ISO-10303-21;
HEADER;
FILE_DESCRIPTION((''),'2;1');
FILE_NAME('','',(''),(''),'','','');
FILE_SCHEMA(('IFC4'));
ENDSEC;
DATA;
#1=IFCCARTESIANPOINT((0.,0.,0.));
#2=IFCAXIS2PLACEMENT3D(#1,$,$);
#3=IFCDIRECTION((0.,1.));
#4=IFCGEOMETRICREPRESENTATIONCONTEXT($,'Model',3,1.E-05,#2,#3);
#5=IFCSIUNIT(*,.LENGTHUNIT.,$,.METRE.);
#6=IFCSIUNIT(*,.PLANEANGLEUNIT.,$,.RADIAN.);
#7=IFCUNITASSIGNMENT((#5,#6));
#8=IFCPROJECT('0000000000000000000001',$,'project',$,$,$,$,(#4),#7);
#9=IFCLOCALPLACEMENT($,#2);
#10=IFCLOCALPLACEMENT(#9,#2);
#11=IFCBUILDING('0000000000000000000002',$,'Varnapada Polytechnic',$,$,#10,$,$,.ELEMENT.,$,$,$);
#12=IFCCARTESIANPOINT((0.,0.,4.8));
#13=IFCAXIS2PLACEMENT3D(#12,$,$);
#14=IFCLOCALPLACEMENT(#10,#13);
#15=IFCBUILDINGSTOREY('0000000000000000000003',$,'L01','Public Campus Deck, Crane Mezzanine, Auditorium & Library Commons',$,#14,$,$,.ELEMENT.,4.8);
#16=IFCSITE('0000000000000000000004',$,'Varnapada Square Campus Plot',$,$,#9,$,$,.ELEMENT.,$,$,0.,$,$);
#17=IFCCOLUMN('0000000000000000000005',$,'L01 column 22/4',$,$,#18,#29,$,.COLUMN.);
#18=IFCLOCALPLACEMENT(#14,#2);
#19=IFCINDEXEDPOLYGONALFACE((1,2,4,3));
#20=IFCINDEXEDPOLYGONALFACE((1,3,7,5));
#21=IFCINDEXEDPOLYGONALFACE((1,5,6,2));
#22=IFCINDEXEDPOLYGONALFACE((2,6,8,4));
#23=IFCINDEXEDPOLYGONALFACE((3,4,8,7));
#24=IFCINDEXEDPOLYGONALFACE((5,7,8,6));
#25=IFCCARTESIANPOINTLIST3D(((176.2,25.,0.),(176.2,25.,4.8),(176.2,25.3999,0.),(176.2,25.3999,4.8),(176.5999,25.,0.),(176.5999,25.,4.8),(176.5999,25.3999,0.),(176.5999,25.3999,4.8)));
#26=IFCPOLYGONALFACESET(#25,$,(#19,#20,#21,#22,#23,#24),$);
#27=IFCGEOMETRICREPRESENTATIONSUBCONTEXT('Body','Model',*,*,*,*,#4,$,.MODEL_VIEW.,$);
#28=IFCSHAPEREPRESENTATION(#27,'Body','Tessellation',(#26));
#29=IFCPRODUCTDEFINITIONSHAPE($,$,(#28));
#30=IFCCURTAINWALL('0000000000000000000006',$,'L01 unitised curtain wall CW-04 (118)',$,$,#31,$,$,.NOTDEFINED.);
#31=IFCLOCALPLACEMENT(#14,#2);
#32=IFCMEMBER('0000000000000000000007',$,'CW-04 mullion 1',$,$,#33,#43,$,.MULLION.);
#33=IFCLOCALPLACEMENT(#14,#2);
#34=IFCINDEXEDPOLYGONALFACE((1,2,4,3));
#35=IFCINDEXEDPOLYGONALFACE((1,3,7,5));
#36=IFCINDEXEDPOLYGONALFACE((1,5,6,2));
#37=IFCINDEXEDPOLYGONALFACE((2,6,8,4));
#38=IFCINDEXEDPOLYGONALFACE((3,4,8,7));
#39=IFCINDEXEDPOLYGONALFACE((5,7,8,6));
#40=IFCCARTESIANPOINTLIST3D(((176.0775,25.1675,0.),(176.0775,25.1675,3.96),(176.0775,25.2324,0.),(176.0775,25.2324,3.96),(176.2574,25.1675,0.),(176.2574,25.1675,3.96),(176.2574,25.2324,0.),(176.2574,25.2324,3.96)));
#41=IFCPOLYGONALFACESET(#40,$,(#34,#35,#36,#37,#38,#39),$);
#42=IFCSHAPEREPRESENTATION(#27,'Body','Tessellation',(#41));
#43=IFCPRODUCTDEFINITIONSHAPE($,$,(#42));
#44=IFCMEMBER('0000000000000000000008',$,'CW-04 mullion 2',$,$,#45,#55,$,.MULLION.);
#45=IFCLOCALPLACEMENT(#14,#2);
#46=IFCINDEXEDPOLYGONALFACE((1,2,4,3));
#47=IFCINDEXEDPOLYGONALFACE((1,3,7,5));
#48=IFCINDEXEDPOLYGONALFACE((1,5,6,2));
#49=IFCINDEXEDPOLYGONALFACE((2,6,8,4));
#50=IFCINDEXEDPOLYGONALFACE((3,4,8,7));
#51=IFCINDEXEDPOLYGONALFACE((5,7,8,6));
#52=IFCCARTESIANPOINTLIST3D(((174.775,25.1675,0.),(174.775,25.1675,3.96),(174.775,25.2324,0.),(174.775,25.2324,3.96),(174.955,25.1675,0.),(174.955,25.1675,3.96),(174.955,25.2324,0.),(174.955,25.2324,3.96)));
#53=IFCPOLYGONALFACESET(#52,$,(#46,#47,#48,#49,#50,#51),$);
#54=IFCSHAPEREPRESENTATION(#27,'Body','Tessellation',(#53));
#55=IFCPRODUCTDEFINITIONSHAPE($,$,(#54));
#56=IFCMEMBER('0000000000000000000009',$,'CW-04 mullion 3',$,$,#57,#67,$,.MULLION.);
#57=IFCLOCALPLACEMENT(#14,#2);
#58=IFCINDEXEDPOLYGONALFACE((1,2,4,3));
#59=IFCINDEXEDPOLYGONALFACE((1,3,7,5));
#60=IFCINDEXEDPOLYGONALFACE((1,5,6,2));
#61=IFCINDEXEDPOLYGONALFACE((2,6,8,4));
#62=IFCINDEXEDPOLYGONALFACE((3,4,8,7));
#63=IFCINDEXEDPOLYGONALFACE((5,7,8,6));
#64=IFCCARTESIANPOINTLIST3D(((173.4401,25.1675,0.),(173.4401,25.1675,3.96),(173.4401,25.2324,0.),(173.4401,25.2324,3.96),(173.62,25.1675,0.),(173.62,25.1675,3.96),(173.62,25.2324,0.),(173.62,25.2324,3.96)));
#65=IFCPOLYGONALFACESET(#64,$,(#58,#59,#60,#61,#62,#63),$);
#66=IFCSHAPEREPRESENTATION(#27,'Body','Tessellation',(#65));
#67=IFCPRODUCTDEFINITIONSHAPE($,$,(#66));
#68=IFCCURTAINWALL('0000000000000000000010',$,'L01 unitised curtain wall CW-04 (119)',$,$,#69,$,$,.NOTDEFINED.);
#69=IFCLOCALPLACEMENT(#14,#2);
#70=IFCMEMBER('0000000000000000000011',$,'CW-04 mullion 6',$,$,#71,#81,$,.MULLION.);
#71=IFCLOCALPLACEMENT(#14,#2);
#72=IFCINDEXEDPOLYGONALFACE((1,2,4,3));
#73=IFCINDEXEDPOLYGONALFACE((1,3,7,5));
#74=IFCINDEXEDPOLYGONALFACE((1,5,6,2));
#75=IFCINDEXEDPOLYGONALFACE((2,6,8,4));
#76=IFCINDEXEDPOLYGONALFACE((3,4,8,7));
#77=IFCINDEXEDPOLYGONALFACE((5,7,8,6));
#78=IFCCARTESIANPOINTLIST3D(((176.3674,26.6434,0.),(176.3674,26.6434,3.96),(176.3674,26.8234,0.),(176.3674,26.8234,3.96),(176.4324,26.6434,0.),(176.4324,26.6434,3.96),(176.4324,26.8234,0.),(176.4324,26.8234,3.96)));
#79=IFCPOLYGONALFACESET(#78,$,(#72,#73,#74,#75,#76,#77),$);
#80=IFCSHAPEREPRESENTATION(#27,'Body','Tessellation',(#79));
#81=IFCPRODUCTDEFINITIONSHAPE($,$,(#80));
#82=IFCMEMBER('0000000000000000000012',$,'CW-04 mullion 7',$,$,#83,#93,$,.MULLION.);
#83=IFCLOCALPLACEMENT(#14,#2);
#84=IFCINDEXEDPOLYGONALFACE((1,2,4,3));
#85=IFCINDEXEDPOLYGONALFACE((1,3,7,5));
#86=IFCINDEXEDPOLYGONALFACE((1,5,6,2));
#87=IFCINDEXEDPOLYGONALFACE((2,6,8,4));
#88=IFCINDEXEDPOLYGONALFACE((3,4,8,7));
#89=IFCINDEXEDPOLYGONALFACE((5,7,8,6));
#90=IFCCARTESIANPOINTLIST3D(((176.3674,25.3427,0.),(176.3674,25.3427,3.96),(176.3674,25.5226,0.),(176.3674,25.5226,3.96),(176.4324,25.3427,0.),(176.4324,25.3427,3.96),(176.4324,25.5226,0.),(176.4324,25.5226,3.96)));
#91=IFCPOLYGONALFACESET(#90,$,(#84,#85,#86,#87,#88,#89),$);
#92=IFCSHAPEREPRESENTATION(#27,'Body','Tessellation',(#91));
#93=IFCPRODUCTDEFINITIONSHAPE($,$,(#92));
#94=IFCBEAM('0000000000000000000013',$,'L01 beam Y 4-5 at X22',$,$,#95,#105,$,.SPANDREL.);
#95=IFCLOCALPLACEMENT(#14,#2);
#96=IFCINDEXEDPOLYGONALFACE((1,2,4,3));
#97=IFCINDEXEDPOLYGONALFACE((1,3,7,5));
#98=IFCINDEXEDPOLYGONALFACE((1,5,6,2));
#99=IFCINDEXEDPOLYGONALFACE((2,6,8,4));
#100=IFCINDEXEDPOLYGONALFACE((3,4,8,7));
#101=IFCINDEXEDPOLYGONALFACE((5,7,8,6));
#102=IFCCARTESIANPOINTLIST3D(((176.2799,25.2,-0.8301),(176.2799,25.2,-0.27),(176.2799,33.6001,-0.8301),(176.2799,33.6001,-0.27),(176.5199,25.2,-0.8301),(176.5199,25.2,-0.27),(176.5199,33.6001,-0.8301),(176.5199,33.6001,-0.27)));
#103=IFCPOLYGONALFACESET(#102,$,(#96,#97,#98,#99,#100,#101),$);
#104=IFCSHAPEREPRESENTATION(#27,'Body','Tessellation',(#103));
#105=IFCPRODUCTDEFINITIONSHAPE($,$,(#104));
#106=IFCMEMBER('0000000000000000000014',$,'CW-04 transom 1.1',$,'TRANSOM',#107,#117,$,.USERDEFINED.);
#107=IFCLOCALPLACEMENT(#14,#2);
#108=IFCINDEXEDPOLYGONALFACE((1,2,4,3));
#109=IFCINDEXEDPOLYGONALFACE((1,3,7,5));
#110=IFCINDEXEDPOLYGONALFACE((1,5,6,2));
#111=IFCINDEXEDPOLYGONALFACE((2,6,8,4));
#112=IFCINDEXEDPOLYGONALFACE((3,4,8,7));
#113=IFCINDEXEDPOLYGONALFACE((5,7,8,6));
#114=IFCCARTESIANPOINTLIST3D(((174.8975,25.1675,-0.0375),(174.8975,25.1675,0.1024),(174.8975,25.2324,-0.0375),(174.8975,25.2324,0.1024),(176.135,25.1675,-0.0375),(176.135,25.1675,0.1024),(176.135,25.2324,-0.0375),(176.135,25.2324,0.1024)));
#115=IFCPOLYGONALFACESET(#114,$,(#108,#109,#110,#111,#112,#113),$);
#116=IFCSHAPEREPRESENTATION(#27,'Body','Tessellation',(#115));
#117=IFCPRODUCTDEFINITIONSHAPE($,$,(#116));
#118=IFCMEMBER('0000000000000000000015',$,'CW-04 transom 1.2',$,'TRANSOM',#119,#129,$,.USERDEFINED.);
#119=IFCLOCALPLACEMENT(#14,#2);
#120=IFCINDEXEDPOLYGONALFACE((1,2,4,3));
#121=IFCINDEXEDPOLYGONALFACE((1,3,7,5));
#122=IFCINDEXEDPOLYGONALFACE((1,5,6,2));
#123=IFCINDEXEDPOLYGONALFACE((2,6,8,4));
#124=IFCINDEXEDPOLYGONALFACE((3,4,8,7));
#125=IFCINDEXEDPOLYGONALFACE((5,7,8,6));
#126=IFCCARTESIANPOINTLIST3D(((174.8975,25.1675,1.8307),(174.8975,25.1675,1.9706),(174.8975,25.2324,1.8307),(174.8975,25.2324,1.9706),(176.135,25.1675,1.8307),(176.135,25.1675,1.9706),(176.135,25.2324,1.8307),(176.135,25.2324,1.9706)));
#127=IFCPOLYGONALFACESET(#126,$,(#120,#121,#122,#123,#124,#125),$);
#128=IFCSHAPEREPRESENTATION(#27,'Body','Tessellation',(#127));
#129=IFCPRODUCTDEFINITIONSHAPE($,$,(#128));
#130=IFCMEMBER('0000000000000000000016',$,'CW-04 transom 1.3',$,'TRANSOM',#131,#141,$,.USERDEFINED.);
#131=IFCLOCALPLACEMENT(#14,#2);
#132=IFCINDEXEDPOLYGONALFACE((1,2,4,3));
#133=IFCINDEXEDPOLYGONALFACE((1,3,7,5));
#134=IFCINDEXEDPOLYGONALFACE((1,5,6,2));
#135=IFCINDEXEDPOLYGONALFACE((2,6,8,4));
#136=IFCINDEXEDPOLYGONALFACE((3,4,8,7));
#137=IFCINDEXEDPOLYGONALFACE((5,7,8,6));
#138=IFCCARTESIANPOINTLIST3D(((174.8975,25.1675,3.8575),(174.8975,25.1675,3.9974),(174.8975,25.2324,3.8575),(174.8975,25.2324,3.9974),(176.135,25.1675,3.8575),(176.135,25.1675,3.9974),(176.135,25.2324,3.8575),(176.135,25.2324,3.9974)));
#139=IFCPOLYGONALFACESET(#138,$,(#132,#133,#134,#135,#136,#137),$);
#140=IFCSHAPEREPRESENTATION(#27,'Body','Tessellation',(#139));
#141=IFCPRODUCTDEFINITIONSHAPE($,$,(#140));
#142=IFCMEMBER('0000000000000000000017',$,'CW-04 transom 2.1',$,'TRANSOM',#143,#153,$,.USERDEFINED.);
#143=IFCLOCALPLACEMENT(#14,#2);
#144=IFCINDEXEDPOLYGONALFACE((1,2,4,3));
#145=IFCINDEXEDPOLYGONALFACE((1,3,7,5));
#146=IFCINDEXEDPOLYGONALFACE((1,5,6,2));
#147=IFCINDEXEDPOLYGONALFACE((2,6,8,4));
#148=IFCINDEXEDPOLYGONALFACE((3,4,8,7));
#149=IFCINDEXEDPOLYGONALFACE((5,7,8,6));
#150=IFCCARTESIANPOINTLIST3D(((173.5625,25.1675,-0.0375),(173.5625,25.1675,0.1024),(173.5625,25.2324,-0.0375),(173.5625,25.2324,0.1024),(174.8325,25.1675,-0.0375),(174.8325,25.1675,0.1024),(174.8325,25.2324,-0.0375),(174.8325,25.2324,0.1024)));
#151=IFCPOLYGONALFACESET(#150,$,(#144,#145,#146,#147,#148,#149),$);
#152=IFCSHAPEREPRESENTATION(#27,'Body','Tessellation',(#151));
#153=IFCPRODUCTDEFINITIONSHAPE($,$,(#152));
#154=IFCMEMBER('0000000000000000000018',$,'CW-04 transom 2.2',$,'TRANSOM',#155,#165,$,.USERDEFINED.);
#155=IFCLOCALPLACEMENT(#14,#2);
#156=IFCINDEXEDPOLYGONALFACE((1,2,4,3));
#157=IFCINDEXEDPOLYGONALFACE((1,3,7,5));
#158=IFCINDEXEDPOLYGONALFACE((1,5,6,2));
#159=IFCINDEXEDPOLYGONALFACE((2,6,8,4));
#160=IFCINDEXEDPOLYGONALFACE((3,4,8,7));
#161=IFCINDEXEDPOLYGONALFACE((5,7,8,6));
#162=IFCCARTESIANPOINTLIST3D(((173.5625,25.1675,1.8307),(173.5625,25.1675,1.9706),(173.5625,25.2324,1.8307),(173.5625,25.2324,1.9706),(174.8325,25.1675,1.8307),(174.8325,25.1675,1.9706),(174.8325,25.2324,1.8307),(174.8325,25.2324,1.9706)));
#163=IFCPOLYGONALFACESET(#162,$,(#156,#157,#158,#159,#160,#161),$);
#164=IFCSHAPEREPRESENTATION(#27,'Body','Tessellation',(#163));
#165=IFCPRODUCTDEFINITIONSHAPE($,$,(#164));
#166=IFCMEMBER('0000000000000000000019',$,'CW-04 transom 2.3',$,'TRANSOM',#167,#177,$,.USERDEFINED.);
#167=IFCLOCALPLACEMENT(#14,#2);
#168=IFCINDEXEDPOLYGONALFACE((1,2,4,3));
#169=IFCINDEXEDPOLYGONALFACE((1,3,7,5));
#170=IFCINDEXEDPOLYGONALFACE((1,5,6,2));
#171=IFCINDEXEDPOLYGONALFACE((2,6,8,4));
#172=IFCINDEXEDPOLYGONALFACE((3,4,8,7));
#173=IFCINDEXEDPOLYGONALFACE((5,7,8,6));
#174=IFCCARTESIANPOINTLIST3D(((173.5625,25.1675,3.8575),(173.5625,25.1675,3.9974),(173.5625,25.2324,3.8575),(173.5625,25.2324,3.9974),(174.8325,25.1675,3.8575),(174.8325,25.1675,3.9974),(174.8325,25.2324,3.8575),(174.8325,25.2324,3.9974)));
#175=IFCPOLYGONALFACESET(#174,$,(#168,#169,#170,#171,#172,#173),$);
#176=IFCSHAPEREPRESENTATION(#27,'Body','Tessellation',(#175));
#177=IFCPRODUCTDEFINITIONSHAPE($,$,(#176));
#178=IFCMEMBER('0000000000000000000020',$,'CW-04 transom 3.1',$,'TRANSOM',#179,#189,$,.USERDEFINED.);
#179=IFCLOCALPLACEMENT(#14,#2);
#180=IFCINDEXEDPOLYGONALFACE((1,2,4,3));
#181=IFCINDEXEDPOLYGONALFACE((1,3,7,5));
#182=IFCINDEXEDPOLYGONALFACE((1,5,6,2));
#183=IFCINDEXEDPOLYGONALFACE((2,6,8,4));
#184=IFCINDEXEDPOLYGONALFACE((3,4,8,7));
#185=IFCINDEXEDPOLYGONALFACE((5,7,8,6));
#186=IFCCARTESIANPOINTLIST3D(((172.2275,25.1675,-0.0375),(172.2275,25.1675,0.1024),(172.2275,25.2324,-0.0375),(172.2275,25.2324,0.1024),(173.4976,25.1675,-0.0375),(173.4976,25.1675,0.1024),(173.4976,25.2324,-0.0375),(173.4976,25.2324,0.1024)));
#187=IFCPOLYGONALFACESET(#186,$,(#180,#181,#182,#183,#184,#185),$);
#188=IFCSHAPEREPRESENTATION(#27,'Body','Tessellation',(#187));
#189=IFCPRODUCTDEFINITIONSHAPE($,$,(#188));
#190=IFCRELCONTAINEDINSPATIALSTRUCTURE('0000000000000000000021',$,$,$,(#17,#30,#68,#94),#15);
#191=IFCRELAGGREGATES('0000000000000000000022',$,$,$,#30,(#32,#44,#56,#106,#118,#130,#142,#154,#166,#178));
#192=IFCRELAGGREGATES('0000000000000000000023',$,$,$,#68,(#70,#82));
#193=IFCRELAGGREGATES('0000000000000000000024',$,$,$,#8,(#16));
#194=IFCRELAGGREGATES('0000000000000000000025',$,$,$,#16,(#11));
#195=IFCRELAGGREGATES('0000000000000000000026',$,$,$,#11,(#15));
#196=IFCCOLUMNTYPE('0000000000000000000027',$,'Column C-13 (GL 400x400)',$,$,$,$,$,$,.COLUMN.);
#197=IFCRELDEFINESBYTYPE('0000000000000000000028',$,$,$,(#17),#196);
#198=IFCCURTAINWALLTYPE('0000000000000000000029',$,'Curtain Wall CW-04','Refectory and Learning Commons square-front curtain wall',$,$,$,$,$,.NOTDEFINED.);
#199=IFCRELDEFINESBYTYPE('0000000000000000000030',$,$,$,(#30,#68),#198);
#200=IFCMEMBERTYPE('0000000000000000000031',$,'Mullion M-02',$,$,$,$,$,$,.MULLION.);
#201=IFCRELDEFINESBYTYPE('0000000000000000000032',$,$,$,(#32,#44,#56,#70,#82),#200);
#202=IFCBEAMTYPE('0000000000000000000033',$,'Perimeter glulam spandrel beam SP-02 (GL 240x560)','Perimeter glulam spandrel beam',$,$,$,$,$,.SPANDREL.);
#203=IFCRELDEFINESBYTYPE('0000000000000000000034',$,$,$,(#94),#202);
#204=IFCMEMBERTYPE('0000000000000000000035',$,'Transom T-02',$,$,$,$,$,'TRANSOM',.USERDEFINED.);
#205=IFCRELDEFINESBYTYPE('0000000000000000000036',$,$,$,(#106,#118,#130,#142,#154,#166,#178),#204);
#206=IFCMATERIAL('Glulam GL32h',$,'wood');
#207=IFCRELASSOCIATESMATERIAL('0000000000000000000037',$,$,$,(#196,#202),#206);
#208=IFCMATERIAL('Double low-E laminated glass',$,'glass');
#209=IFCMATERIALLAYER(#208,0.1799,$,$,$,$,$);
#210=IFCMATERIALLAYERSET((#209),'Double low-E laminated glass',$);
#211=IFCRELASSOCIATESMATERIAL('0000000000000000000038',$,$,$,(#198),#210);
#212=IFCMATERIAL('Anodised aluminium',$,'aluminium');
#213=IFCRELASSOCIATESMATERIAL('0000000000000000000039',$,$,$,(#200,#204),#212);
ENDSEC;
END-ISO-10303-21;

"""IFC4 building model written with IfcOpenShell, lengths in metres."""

from ifc_helpers import new_model, si_unit, direction, frame, origin, origin_2d, place, context, subcontext, project, spatial, rectangle, extrude, material, layer, layer_set, material_profile, profile_set, type_object, element, aggregate, save


model = new_model("IFC4")

# Units and contexts
model_context = context("Model", 3, precision=1e-05, world=origin(), true_north=direction((0.0, 1.0)))
body_context = subcontext(model_context, "Body", "Model", "MODEL_VIEW")
ifc_project = project(units=[si_unit("LENGTHUNIT", "METRE"), si_unit("PLANEANGLEUNIT", "RADIAN")], contexts=[model_context])

# Site, building, storey
site_placement = place(None, origin())
site = spatial("IfcSite", under=ifc_project, at=site_placement, Name="Varnapada Square Campus Plot", CompositionType="ELEMENT", RefElevation=0.0)
building_placement = place(site_placement, origin())
building = spatial("IfcBuilding", under=site, at=building_placement, Name="Varnapada Polytechnic", CompositionType="ELEMENT")
storey_placement = place(building_placement, frame((0.0, 0.0, 4.8)))
storey = spatial("IfcBuildingStorey", under=building, at=storey_placement, Name="L01", Description="Public Campus Deck, Crane Mezzanine, Auditorium & Library Commons", CompositionType="ELEMENT", Elevation=4.8)

# Column
ifc_material_1 = material(Name="Glulam GL32h", Category="wood")
ifc_material_profile_1 = material_profile(ifc_material_1, rectangle(XDim=0.3999, YDim=0.3999, at=origin_2d()), Name="GL 400x400")
ifc_profile_set_1 = profile_set([ifc_material_profile_1], Name="Glulam GL32h")
column_type = type_object("IfcColumnType", Name="Column C-13 (GL 400x400)", PredefinedType="COLUMN", material=ifc_profile_set_1)
column_placement = place(storey_placement, frame((176.3999, 25.2, 0.0), z_axis=(0.0, 0.0, 1.0), x_axis=(1.0, 0.0, 0.0)))
element("IfcColumn", 1, at=column_placement, inside=storey, type_object=column_type, Name="L01 column 22/4", PredefinedType="COLUMN", context=body_context, shape_type="SweptSolid", body=[
    extrude(rectangle(XDim=0.3999, YDim=0.3999, at=origin_2d()), origin(), (0.0, 0.0, 1.0), 4.8),
])

# Curtain walls, members
ifc_material_2 = material(Name="Double low-E laminated glass", Category="glass")
ifc_layer_1 = layer(ifc_material_2, 0.1799)
ifc_layer_set_1 = layer_set([ifc_layer_1], Name="Double low-E laminated glass")
curtain_wall_type = type_object("IfcCurtainWallType", Name="Curtain Wall CW-04", Description="Refectory and Learning Commons square-front curtain wall", PredefinedType="NOTDEFINED", material=ifc_layer_set_1)
curtain_wall_1_placement = place(storey_placement, origin())
curtain_wall_1 = element("IfcCurtainWall", 2, at=curtain_wall_1_placement, inside=storey, type_object=curtain_wall_type, Name="L01 unitised curtain wall CW-04 (118)", PredefinedType="NOTDEFINED")
ifc_material_3 = material(Name="Anodised aluminium", Category="aluminium")
ifc_material_profile_2 = material_profile(ifc_material_3, rectangle(XDim=0.0649, YDim=0.1799, at=origin_2d()), Name="ALU M65x180")
ifc_profile_set_2 = profile_set([ifc_material_profile_2], Name="Anodised aluminium")
member_type_1 = type_object("IfcMemberType", Name="Mullion M-02", PredefinedType="MULLION", material=ifc_profile_set_2)
member_1_placement = place(storey_placement, frame((176.1675, 25.2, 0.0), z_axis=(0.0, 0.0, 1.0), x_axis=(0.0, -1.0, 0.0)))
member_1 = element("IfcMember", 3, at=member_1_placement, type_object=member_type_1, Name="CW-04 mullion 1", PredefinedType="MULLION", context=body_context, shape_type="SweptSolid", body=[
    extrude(rectangle(XDim=0.0649, YDim=0.1799, at=origin_2d()), origin(), (0.0, 0.0, 1.0), 3.96),
])
member_2_placement = place(storey_placement, frame((174.865, 25.2, 0.0), z_axis=(0.0, 0.0, 1.0), x_axis=(0.0, -1.0, 0.0)))
member_2 = element("IfcMember", 4, at=member_2_placement, type_object=member_type_1, Name="CW-04 mullion 2", PredefinedType="MULLION", context=body_context, shape_type="SweptSolid", body=[
    extrude(rectangle(XDim=0.0649, YDim=0.1799, at=origin_2d()), origin(), (0.0, 0.0, 1.0), 3.96),
])
member_3_placement = place(storey_placement, frame((173.53, 25.2, 0.0), z_axis=(0.0, 0.0, 1.0), x_axis=(0.0, -1.0, 0.0)))
member_3 = element("IfcMember", 5, at=member_3_placement, type_object=member_type_1, Name="CW-04 mullion 3", PredefinedType="MULLION", context=body_context, shape_type="SweptSolid", body=[
    extrude(rectangle(XDim=0.0649, YDim=0.1799, at=origin_2d()), origin(), (0.0, 0.0, 1.0), 3.96),
])
curtain_wall_2_placement = place(storey_placement, origin())
curtain_wall_2 = element("IfcCurtainWall", 6, at=curtain_wall_2_placement, inside=storey, type_object=curtain_wall_type, Name="L01 unitised curtain wall CW-04 (119)", PredefinedType="NOTDEFINED")
member_4_placement = place(storey_placement, frame((176.3999, 26.7334, 0.0), z_axis=(0.0, 0.0, 1.0), x_axis=(1.0, 0.0, 0.0)))
member_4 = element("IfcMember", 7, at=member_4_placement, type_object=member_type_1, Name="CW-04 mullion 6", PredefinedType="MULLION", context=body_context, shape_type="SweptSolid", body=[
    extrude(rectangle(XDim=0.0649, YDim=0.1799, at=origin_2d()), origin(), (0.0, 0.0, 1.0), 3.96),
])
member_5_placement = place(storey_placement, frame((176.3999, 25.4326, 0.0), z_axis=(0.0, 0.0, 1.0), x_axis=(1.0, 0.0, 0.0)))
member_5 = element("IfcMember", 8, at=member_5_placement, type_object=member_type_1, Name="CW-04 mullion 7", PredefinedType="MULLION", context=body_context, shape_type="SweptSolid", body=[
    extrude(rectangle(XDim=0.0649, YDim=0.1799, at=origin_2d()), origin(), (0.0, 0.0, 1.0), 3.96),
])

# Beam
ifc_material_profile_3 = material_profile(ifc_material_1, rectangle(XDim=0.24, YDim=0.5601, at=origin_2d()), Name="GL 240x560")
ifc_profile_set_3 = profile_set([ifc_material_profile_3], Name="Glulam GL32h")
beam_type = type_object("IfcBeamType", Name="Perimeter glulam spandrel beam SP-02 (GL 240x560)", Description="Perimeter glulam spandrel beam", PredefinedType="SPANDREL", material=ifc_profile_set_3)
beam_placement = place(storey_placement, frame((176.3999, 25.2, -0.55), z_axis=(0.0, 1.0, 0.0), x_axis=(-1.0, 0.0, 0.0)))
element("IfcBeam", 9, at=beam_placement, inside=storey, type_object=beam_type, Name="L01 beam Y 4-5 at X22", PredefinedType="SPANDREL", context=body_context, shape_type="SweptSolid", body=[
    extrude(rectangle(XDim=0.24, YDim=0.5601, at=origin_2d()), origin(), (0.0, 0.0, 1.0), 8.4001),
])

# Members
ifc_material_profile_4 = material_profile(ifc_material_3, rectangle(XDim=0.0649, YDim=0.1399, at=origin_2d()), Name="ALU T65x140")
ifc_profile_set_4 = profile_set([ifc_material_profile_4], Name="Anodised aluminium")
member_type_2 = type_object("IfcMemberType", Name="Transom T-02", ElementType="TRANSOM", PredefinedType="USERDEFINED", material=ifc_profile_set_4)
member_6_placement = place(storey_placement, frame((176.135, 25.2, 0.0325), z_axis=(-1.0, 0.0, 0.0), x_axis=(0.0, -1.0, 0.0)))
member_6 = element("IfcMember", 10, at=member_6_placement, type_object=member_type_2, Name="CW-04 transom 1.1", ObjectType="TRANSOM", PredefinedType="USERDEFINED", context=body_context, shape_type="SweptSolid", body=[
    extrude(rectangle(XDim=0.0649, YDim=0.1399, at=origin_2d()), origin(), (0.0, 0.0, 1.0), 1.2375),
])
member_7_placement = place(storey_placement, frame((176.135, 25.2, 1.9006), z_axis=(-1.0, 0.0, 0.0), x_axis=(0.0, -1.0, 0.0)))
member_7 = element("IfcMember", 11, at=member_7_placement, type_object=member_type_2, Name="CW-04 transom 1.2", ObjectType="TRANSOM", PredefinedType="USERDEFINED", context=body_context, shape_type="SweptSolid", body=[
    extrude(rectangle(XDim=0.0649, YDim=0.1399, at=origin_2d()), origin(), (0.0, 0.0, 1.0), 1.2375),
])
member_8_placement = place(storey_placement, frame((176.135, 25.2, 3.9275), z_axis=(-1.0, 0.0, 0.0), x_axis=(0.0, -1.0, 0.0)))
member_8 = element("IfcMember", 12, at=member_8_placement, type_object=member_type_2, Name="CW-04 transom 1.3", ObjectType="TRANSOM", PredefinedType="USERDEFINED", context=body_context, shape_type="SweptSolid", body=[
    extrude(rectangle(XDim=0.0649, YDim=0.1399, at=origin_2d()), origin(), (0.0, 0.0, 1.0), 1.2375),
])
member_9_placement = place(storey_placement, frame((174.8325, 25.2, 0.0325), z_axis=(-1.0, 0.0, 0.0), x_axis=(0.0, -1.0, 0.0)))
member_9 = element("IfcMember", 13, at=member_9_placement, type_object=member_type_2, Name="CW-04 transom 2.1", ObjectType="TRANSOM", PredefinedType="USERDEFINED", context=body_context, shape_type="SweptSolid", body=[
    extrude(rectangle(XDim=0.0649, YDim=0.1399, at=origin_2d()), origin(), (0.0, 0.0, 1.0), 1.27),
])
member_10_placement = place(storey_placement, frame((174.8325, 25.2, 1.9006), z_axis=(-1.0, 0.0, 0.0), x_axis=(0.0, -1.0, 0.0)))
member_10 = element("IfcMember", 14, at=member_10_placement, type_object=member_type_2, Name="CW-04 transom 2.2", ObjectType="TRANSOM", PredefinedType="USERDEFINED", context=body_context, shape_type="SweptSolid", body=[
    extrude(rectangle(XDim=0.0649, YDim=0.1399, at=origin_2d()), origin(), (0.0, 0.0, 1.0), 1.27),
])
member_11_placement = place(storey_placement, frame((174.8325, 25.2, 3.9275), z_axis=(-1.0, 0.0, 0.0), x_axis=(0.0, -1.0, 0.0)))
member_11 = element("IfcMember", 15, at=member_11_placement, type_object=member_type_2, Name="CW-04 transom 2.3", ObjectType="TRANSOM", PredefinedType="USERDEFINED", context=body_context, shape_type="SweptSolid", body=[
    extrude(rectangle(XDim=0.0649, YDim=0.1399, at=origin_2d()), origin(), (0.0, 0.0, 1.0), 1.27),
])
member_12_placement = place(storey_placement, frame((173.4976, 25.2, 0.0325), z_axis=(-1.0, 0.0, 0.0), x_axis=(0.0, -1.0, 0.0)))
member_12 = element("IfcMember", 16, at=member_12_placement, type_object=member_type_2, Name="CW-04 transom 3.1", ObjectType="TRANSOM", PredefinedType="USERDEFINED", context=body_context, shape_type="SweptSolid", body=[
    extrude(rectangle(XDim=0.0649, YDim=0.1399, at=origin_2d()), origin(), (0.0, 0.0, 1.0), 1.27),
])

aggregate(curtain_wall_1, [member_1, member_2, member_3, member_6, member_7, member_8, member_9, member_10, member_11, member_12])
aggregate(curtain_wall_2, [member_4, member_5])

save(model, "model.ifc")
